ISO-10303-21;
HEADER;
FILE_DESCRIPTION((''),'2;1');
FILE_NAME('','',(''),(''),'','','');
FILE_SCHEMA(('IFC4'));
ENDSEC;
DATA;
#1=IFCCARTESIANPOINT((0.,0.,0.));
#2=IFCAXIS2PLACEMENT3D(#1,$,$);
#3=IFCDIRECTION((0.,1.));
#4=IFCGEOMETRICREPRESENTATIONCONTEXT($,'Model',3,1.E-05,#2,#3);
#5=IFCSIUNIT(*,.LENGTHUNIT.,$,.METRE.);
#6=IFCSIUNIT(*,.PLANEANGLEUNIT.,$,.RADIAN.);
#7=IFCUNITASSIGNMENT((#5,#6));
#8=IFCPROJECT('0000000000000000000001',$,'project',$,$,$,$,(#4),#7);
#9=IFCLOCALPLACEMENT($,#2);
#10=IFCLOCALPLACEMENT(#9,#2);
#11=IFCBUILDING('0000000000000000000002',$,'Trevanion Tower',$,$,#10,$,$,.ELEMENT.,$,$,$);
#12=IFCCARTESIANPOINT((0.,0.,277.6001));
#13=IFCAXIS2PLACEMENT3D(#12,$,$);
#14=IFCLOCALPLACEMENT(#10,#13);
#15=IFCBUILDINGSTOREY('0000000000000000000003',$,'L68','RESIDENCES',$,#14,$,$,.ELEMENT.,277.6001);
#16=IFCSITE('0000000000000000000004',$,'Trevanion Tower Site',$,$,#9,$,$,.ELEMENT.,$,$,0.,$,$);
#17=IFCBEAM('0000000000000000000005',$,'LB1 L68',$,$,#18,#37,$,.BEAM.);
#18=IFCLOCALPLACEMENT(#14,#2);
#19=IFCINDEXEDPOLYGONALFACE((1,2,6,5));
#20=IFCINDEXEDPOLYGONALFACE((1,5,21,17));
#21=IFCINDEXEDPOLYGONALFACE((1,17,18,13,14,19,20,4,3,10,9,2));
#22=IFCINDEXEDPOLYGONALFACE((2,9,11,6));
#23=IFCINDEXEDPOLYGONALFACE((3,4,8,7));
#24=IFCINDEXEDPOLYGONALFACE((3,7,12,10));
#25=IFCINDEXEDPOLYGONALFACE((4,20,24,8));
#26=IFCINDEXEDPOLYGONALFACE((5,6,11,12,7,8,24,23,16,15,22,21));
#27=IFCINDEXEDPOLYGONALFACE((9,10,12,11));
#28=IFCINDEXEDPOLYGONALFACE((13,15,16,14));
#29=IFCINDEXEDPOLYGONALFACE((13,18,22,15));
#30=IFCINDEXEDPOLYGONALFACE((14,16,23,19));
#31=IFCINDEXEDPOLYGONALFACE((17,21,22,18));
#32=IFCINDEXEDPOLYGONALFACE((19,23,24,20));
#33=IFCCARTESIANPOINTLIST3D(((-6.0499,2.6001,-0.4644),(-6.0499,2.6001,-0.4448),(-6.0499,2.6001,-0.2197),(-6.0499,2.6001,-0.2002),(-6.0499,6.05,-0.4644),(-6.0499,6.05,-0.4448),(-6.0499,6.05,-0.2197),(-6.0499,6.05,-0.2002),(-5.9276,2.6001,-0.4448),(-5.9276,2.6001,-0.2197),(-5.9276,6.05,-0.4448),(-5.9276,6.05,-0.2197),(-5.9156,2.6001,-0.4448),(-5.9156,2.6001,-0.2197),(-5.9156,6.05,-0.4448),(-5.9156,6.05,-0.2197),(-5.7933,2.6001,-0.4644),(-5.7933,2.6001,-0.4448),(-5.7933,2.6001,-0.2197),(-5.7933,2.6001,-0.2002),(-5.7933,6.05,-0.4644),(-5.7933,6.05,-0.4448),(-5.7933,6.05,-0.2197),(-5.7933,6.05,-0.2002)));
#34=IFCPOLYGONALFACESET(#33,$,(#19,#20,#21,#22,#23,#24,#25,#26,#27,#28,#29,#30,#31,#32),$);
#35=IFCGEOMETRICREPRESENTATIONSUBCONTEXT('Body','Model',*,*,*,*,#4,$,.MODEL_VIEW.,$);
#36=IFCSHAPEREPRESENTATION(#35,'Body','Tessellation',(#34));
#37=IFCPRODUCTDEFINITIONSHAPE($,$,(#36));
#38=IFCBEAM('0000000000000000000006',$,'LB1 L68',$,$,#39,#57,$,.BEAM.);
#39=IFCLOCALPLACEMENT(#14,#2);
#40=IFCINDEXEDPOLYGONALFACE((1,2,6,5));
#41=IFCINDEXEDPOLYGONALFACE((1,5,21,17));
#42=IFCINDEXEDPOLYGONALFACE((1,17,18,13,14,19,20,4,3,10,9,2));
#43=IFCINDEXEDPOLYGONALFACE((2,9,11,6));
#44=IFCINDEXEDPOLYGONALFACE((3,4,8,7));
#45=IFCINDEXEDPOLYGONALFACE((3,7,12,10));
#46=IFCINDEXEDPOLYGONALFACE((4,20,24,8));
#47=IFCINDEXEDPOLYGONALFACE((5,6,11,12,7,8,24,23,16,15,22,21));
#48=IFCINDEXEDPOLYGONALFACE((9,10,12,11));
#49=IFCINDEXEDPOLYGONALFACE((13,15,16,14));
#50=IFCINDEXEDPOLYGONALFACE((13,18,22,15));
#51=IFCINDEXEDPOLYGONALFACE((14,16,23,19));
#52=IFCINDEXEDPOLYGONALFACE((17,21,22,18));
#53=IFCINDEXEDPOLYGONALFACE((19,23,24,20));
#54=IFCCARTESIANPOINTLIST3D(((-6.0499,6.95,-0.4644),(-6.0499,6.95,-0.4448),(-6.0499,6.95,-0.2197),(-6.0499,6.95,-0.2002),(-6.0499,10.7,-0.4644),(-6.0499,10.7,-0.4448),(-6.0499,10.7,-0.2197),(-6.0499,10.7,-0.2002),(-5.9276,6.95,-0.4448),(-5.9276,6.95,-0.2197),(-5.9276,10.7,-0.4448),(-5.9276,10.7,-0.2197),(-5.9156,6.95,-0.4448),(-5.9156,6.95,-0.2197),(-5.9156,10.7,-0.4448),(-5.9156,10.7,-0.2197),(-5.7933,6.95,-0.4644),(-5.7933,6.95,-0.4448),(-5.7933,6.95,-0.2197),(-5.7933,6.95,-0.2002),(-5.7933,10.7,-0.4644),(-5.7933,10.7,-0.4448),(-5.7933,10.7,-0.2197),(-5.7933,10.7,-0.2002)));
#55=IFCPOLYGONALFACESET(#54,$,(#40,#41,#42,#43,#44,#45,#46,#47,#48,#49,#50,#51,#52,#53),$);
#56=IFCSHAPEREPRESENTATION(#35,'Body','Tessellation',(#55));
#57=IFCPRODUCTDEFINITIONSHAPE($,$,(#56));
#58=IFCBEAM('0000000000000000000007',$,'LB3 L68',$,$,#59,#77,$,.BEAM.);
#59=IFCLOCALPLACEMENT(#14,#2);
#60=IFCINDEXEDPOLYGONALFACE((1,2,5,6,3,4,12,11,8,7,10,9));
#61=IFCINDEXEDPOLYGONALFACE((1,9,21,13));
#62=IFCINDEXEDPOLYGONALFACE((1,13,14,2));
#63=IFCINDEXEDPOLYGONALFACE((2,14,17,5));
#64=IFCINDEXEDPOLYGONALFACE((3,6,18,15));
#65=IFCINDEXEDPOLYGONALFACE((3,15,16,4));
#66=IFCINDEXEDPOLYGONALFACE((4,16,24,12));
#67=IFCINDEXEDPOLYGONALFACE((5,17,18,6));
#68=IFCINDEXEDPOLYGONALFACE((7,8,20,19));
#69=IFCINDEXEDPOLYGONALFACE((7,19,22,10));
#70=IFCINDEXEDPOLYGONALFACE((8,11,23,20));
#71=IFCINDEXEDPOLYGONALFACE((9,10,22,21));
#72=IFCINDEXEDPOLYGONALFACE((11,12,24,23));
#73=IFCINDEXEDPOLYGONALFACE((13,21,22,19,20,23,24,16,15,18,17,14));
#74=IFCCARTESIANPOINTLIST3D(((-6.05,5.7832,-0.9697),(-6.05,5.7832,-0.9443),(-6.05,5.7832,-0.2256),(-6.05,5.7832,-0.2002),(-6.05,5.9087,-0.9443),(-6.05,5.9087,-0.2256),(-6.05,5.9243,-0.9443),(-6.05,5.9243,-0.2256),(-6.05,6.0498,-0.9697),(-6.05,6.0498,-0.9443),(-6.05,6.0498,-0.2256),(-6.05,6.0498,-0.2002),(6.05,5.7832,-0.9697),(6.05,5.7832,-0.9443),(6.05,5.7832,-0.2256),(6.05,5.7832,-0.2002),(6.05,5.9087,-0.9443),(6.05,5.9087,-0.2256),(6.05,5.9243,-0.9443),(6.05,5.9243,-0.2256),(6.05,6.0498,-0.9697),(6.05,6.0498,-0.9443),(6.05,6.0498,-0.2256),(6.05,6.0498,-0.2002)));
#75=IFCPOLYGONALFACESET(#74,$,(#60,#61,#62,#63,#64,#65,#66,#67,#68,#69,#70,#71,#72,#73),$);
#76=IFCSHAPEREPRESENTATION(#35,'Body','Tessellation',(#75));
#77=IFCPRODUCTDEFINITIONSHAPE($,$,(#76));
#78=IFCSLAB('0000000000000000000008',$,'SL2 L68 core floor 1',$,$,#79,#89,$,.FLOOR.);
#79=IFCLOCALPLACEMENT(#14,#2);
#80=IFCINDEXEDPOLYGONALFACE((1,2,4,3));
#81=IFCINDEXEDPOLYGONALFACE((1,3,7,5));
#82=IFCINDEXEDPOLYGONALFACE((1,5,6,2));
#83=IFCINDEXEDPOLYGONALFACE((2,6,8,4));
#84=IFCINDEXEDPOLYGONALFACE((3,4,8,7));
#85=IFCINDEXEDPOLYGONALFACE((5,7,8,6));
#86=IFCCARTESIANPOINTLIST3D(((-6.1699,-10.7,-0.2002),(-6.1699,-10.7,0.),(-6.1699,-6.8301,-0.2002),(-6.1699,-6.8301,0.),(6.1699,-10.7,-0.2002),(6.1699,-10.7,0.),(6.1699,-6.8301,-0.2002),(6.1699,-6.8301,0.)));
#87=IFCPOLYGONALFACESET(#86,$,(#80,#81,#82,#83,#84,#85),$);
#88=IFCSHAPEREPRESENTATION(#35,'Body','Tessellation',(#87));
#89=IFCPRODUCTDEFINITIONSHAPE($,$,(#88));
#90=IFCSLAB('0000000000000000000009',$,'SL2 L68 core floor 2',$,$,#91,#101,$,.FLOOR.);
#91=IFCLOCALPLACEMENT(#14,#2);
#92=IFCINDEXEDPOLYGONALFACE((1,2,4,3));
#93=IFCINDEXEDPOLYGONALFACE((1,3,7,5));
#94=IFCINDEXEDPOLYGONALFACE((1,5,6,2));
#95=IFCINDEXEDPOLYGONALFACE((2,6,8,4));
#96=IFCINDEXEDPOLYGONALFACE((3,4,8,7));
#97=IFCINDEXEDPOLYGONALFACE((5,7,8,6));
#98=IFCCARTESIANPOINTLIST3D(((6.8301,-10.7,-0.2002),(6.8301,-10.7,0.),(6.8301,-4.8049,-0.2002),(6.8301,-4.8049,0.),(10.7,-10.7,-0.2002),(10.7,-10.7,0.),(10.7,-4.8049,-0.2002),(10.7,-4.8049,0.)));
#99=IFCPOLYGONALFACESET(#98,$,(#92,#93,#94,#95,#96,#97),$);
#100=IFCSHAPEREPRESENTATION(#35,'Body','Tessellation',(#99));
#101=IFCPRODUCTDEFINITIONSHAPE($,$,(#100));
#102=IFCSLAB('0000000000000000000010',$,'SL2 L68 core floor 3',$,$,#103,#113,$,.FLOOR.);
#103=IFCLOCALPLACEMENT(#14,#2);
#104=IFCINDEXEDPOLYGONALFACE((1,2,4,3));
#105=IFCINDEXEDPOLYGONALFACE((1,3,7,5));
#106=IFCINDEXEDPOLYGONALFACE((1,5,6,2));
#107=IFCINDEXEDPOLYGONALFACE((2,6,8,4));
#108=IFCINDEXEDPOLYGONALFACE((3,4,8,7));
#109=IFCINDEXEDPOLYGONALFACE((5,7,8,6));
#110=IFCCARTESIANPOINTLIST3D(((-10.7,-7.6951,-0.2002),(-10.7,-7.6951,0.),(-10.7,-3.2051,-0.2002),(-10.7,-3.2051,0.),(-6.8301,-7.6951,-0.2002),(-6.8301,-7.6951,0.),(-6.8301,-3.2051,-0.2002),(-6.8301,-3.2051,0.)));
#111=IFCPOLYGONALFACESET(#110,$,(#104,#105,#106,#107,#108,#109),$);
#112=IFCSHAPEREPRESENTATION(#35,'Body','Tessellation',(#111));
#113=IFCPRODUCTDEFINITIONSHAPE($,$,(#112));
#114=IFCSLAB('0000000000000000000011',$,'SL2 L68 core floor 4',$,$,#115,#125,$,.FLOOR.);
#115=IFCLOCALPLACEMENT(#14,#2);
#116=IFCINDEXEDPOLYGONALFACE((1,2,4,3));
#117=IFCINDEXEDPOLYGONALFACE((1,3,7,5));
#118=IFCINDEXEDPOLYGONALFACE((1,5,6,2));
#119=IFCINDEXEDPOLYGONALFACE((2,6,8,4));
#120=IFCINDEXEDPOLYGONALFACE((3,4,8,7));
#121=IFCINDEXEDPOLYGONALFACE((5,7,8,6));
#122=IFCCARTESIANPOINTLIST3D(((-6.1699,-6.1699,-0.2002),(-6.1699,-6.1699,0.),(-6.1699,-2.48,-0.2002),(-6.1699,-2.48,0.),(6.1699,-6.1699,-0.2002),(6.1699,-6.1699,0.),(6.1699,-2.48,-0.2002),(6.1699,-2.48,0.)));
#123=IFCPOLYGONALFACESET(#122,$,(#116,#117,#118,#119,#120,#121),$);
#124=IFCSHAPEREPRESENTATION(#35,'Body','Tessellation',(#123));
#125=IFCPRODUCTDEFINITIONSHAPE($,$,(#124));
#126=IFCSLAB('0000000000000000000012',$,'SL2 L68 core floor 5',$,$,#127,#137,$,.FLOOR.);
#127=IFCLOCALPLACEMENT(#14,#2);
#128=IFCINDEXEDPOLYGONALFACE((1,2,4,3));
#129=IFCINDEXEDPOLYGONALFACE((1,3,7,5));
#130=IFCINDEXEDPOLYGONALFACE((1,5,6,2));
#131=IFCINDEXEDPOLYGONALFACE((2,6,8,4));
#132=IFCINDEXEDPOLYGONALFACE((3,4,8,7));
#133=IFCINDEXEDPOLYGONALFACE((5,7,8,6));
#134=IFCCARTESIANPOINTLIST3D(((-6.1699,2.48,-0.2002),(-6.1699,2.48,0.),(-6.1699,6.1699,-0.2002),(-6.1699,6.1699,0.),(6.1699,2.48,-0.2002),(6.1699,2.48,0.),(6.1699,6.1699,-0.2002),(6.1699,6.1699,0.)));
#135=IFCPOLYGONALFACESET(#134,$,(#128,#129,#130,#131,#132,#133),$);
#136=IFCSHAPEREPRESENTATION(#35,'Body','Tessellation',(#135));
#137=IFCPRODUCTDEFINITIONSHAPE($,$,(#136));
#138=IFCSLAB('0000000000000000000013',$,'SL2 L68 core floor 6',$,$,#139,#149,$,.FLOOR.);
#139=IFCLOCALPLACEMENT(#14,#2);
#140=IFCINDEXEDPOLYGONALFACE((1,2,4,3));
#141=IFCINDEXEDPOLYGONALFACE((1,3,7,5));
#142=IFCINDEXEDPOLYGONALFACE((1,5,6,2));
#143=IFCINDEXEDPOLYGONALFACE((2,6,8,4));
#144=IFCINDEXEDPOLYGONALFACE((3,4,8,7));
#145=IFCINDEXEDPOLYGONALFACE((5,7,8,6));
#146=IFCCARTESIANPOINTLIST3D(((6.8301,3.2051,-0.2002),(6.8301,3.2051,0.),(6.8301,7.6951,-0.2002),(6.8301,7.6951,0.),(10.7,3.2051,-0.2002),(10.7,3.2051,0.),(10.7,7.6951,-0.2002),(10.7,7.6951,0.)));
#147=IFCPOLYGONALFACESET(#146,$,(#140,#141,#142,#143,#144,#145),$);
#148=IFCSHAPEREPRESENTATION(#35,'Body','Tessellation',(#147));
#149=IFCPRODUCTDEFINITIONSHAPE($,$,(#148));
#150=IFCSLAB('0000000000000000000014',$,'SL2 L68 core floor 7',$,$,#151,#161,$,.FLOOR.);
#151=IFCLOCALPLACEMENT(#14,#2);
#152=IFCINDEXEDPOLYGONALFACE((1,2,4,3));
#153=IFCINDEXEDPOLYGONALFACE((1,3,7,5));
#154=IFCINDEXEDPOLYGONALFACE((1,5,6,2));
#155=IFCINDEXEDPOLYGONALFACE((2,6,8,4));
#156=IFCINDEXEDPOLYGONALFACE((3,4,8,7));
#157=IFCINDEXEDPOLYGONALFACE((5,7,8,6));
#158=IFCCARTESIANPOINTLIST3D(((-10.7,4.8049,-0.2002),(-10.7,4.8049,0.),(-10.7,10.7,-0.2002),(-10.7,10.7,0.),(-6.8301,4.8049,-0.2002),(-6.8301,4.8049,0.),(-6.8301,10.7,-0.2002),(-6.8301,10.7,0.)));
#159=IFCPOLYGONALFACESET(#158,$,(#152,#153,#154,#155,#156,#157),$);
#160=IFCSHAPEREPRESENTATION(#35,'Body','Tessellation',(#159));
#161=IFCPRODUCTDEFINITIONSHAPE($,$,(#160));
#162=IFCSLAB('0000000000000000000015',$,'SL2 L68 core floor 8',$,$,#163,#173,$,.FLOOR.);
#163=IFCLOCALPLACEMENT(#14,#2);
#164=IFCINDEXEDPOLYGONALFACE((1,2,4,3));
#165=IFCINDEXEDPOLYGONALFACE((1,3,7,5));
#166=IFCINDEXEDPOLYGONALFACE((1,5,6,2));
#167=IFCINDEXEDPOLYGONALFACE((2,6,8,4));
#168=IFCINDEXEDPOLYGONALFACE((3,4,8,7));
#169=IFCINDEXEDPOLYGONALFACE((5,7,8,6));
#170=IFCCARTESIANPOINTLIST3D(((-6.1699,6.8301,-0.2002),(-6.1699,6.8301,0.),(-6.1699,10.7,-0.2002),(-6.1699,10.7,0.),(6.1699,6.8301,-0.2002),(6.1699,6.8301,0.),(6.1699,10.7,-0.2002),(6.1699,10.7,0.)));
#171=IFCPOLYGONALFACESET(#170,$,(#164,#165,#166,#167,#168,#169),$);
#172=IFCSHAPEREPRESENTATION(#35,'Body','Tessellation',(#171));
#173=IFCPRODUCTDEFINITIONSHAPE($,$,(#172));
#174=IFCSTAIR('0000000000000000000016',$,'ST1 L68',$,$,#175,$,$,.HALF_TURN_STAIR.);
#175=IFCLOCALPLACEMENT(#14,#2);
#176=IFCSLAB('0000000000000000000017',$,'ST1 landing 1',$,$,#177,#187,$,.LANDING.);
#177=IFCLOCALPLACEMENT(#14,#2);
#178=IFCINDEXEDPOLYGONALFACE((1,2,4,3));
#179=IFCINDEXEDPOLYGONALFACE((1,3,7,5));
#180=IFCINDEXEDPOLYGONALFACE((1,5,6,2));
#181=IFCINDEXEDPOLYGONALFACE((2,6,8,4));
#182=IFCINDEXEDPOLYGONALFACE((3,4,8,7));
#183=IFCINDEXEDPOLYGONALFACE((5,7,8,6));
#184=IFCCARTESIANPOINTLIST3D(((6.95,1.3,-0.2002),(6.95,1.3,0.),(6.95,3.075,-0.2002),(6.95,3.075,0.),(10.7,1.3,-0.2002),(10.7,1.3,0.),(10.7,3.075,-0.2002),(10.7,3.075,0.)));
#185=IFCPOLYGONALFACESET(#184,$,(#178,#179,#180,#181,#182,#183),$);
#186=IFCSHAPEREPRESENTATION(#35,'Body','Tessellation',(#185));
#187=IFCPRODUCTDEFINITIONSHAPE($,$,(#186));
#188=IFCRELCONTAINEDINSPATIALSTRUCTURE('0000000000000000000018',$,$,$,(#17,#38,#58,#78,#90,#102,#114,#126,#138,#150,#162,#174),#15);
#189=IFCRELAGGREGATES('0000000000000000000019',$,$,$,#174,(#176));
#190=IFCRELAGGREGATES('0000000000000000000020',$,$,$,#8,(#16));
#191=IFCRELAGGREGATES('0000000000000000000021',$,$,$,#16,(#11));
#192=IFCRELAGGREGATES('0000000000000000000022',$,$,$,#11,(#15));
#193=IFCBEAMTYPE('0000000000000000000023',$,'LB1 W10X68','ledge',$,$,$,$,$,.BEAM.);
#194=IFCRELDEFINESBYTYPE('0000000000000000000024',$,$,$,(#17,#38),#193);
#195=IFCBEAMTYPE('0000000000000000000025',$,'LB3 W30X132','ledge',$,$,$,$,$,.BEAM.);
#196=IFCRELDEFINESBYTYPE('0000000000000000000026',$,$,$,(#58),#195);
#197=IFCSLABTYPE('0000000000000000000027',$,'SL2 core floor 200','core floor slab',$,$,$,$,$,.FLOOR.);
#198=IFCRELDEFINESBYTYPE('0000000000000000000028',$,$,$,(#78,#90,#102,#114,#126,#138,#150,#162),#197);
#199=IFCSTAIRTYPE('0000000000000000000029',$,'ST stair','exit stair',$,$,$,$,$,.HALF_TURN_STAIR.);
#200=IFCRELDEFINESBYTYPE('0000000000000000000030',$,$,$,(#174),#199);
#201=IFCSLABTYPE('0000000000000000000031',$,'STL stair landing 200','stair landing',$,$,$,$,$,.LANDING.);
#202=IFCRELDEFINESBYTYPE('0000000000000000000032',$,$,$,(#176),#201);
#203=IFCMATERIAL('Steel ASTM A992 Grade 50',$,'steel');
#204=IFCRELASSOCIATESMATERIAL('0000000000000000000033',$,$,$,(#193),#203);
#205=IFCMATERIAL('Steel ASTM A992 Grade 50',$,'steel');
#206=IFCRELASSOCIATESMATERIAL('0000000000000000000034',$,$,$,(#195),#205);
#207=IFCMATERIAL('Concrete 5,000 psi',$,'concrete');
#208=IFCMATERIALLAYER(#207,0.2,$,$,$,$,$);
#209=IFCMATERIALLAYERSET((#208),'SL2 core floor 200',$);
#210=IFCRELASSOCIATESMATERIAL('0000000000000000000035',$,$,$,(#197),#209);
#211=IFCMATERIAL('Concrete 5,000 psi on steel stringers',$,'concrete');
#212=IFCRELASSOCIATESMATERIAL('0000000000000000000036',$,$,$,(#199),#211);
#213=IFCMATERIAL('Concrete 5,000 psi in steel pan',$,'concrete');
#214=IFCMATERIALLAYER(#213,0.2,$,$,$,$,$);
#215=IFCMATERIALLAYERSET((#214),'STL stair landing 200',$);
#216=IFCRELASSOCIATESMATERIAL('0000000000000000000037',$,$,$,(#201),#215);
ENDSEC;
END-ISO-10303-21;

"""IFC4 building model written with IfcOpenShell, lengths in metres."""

from ifc_helpers import new_model, si_unit, direction, frame, origin, origin_2d, place, context, subcontext, project, spatial, polyline, i_section, outline, extrude, material, layer, layer_set, material_profile, profile_set, type_object, element, aggregate, save


model = new_model("IFC4")

# Units and contexts
model_context = context("Model", 3, precision=1e-05, world=origin(), true_north=direction((0.0, 1.0)))
body_context = subcontext(model_context, "Body", "Model", "MODEL_VIEW")
ifc_project = project(units=[si_unit("LENGTHUNIT", "METRE"), si_unit("PLANEANGLEUNIT", "RADIAN")], contexts=[model_context])

# Site, building, storey
site_placement = place(None, origin())
site = spatial("IfcSite", under=ifc_project, at=site_placement, Name="Trevanion Tower Site", CompositionType="ELEMENT", RefElevation=0.0)
building_placement = place(site_placement, origin())
building = spatial("IfcBuilding", under=site, at=building_placement, Name="Trevanion Tower", CompositionType="ELEMENT")
storey_placement = place(building_placement, frame((0.0, 0.0, 277.6001)))
storey = spatial("IfcBuildingStorey", under=building, at=storey_placement, Name="L68", Description="RESIDENCES", CompositionType="ELEMENT", Elevation=277.6001)

# Beams
ifc_material_1 = material(Name="Steel ASTM A992 Grade 50", Category="steel")
ifc_material_profile_1 = material_profile(ifc_material_1, i_section(OverallWidth=0.2566, OverallDepth=0.2642, WebThickness=0.012, FlangeThickness=0.0195, at=origin_2d()), Name="W10X68")
ifc_profile_set_1 = profile_set([ifc_material_profile_1], Name="Steel ASTM A992 Grade 50")
beam_type_1 = type_object("IfcBeamType", Name="LB1 W10X68", Description="ledge", PredefinedType="BEAM", material=ifc_profile_set_1)
beam_1_placement = place(storey_placement, frame((-5.9216, 2.6001, -0.3323), z_axis=(0.0, 1.0, 0.0), x_axis=(-1.0, 0.0, 0.0)))
element("IfcBeam", 1, at=beam_1_placement, inside=storey, type_object=beam_type_1, Name="LB1 L68", PredefinedType="BEAM", context=body_context, shape_type="SweptSolid", body=[
    extrude(i_section(OverallWidth=0.2566, OverallDepth=0.2642, WebThickness=0.012, FlangeThickness=0.0195, at=origin_2d()), origin(), (0.0, 0.0, 1.0), 3.45),
])
beam_2_placement = place(storey_placement, frame((-5.9216, 6.95, -0.3323), z_axis=(0.0, 1.0, 0.0), x_axis=(-1.0, 0.0, 0.0)))
element("IfcBeam", 2, at=beam_2_placement, inside=storey, type_object=beam_type_1, Name="LB1 L68", PredefinedType="BEAM", context=body_context, shape_type="SweptSolid", body=[
    extrude(i_section(OverallWidth=0.2566, OverallDepth=0.2642, WebThickness=0.012, FlangeThickness=0.0195, at=origin_2d()), origin(), (0.0, 0.0, 1.0), 3.75),
])
ifc_material_2 = material(Name="Steel ASTM A992 Grade 50", Category="steel")
ifc_material_profile_2 = material_profile(ifc_material_2, i_section(OverallWidth=0.2666, OverallDepth=0.7695, WebThickness=0.0156, FlangeThickness=0.0254, at=origin_2d()), Name="W30X132")
ifc_profile_set_2 = profile_set([ifc_material_profile_2], Name="Steel ASTM A992 Grade 50")
beam_type_2 = type_object("IfcBeamType", Name="LB3 W30X132", Description="ledge", PredefinedType="BEAM", material=ifc_profile_set_2)
beam_3_placement = place(storey_placement, frame((-6.05, 5.9165, -0.585), z_axis=(1.0, 0.0, 0.0), x_axis=(0.0, 1.0, 0.0)))
element("IfcBeam", 3, at=beam_3_placement, inside=storey, type_object=beam_type_2, Name="LB3 L68", PredefinedType="BEAM", context=body_context, shape_type="SweptSolid", body=[
    extrude(i_section(OverallWidth=0.2666, OverallDepth=0.7695, WebThickness=0.0156, FlangeThickness=0.0254, at=origin_2d()), origin(), (0.0, 0.0, 1.0), 12.1001),
])

# Slabs
ifc_material_3 = material(Name="Concrete 5,000 psi", Category="concrete")
ifc_layer_1 = layer(ifc_material_3, 0.2)
ifc_layer_set_1 = layer_set([ifc_layer_1], Name="SL2 core floor 200")
slab_type_1 = type_object("IfcSlabType", Name="SL2 core floor 200", Description="core floor slab", PredefinedType="FLOOR", material=ifc_layer_set_1)
slab_1_placement = place(storey_placement, frame((0.0, 0.0, -0.2002)))
element("IfcSlab", 4, at=slab_1_placement, inside=storey, type_object=slab_type_1, Name="SL2 L68 core floor 1", PredefinedType="FLOOR", context=body_context, shape_type="SweptSolid", body=[
    extrude(outline(polyline([(6.1699, -10.7), (-6.1699, -10.7), (-6.1699, -6.8301), (6.1699, -6.8301), (6.1699, -10.7)])), origin(), (0.0, 0.0, 1.0), 0.2002),
])
slab_2_placement = place(storey_placement, frame((0.0, 0.0, -0.2002)))
element("IfcSlab", 5, at=slab_2_placement, inside=storey, type_object=slab_type_1, Name="SL2 L68 core floor 2", PredefinedType="FLOOR", context=body_context, shape_type="SweptSolid", body=[
    extrude(outline(polyline([(6.8301, -4.8049), (10.7, -4.8049), (10.7, -10.7), (6.8301, -10.7), (6.8301, -4.8049)])), origin(), (0.0, 0.0, 1.0), 0.2002),
])
slab_3_placement = place(storey_placement, frame((0.0, 0.0, -0.2002)))
element("IfcSlab", 6, at=slab_3_placement, inside=storey, type_object=slab_type_1, Name="SL2 L68 core floor 3", PredefinedType="FLOOR", context=body_context, shape_type="SweptSolid", body=[
    extrude(outline(polyline([(-6.8301, -3.2051), (-6.8301, -7.6951), (-10.7, -7.6951), (-10.7, -3.2051), (-6.8301, -3.2051)])), origin(), (0.0, 0.0, 1.0), 0.2002),
])
slab_4_placement = place(storey_placement, frame((0.0, 0.0, -0.2002)))
element("IfcSlab", 7, at=slab_4_placement, inside=storey, type_object=slab_type_1, Name="SL2 L68 core floor 4", PredefinedType="FLOOR", context=body_context, shape_type="SweptSolid", body=[
    extrude(outline(polyline([(6.1699, -6.1699), (-6.1699, -6.1699), (-6.1699, -2.48), (6.1699, -2.48), (6.1699, -6.1699)])), origin(), (0.0, 0.0, 1.0), 0.2002),
])
slab_5_placement = place(storey_placement, frame((0.0, 0.0, -0.2002)))
element("IfcSlab", 8, at=slab_5_placement, inside=storey, type_object=slab_type_1, Name="SL2 L68 core floor 5", PredefinedType="FLOOR", context=body_context, shape_type="SweptSolid", body=[
    extrude(outline(polyline([(6.1699, 2.48), (-6.1699, 2.48), (-6.1699, 6.1699), (6.1699, 6.1699), (6.1699, 2.48)])), origin(), (0.0, 0.0, 1.0), 0.2002),
])
slab_6_placement = place(storey_placement, frame((0.0, 0.0, -0.2002)))
element("IfcSlab", 9, at=slab_6_placement, inside=storey, type_object=slab_type_1, Name="SL2 L68 core floor 6", PredefinedType="FLOOR", context=body_context, shape_type="SweptSolid", body=[
    extrude(outline(polyline([(6.8301, 3.2051), (6.8301, 7.6951), (10.7, 7.6951), (10.7, 3.2051), (6.8301, 3.2051)])), origin(), (0.0, 0.0, 1.0), 0.2002),
])
slab_7_placement = place(storey_placement, frame((0.0, 0.0, -0.2002)))
element("IfcSlab", 10, at=slab_7_placement, inside=storey, type_object=slab_type_1, Name="SL2 L68 core floor 7", PredefinedType="FLOOR", context=body_context, shape_type="SweptSolid", body=[
    extrude(outline(polyline([(-6.8301, 4.8049), (-10.7, 4.8049), (-10.7, 10.7), (-6.8301, 10.7), (-6.8301, 4.8049)])), origin(), (0.0, 0.0, 1.0), 0.2002),
])
slab_8_placement = place(storey_placement, frame((0.0, 0.0, -0.2002)))
element("IfcSlab", 11, at=slab_8_placement, inside=storey, type_object=slab_type_1, Name="SL2 L68 core floor 8", PredefinedType="FLOOR", context=body_context, shape_type="SweptSolid", body=[
    extrude(outline(polyline([(6.1699, 6.8301), (-6.1699, 6.8301), (-6.1699, 10.7), (6.1699, 10.7), (6.1699, 6.8301)])), origin(), (0.0, 0.0, 1.0), 0.2002),
])

# Stair, slab
ifc_material_4 = material(Name="Concrete 5,000 psi on steel stringers", Category="concrete")
stair_type = type_object("IfcStairType", Name="ST stair", Description="exit stair", PredefinedType="HALF_TURN_STAIR", material=ifc_material_4)
stair_1_placement = place(storey_placement, origin())
stair_1 = element("IfcStair", 12, at=stair_1_placement, inside=storey, type_object=stair_type, Name="ST1 L68", PredefinedType="HALF_TURN_STAIR")
ifc_material_5 = material(Name="Concrete 5,000 psi in steel pan", Category="concrete")
ifc_layer_2 = layer(ifc_material_5, 0.2)
ifc_layer_set_2 = layer_set([ifc_layer_2], Name="STL stair landing 200")
slab_type_2 = type_object("IfcSlabType", Name="STL stair landing 200", Description="stair landing", PredefinedType="LANDING", material=ifc_layer_set_2)
slab_9_placement = place(storey_placement, frame((0.0, 0.0, -0.2002)))
slab_9 = element("IfcSlab", 13, at=slab_9_placement, type_object=slab_type_2, Name="ST1 landing 1", PredefinedType="LANDING", context=body_context, shape_type="SweptSolid", body=[
    extrude(outline(polyline([(6.95, 1.3), (10.7, 1.3), (10.7, 3.075), (6.95, 3.075), (6.95, 1.3)])), origin(), (0.0, 0.0, 1.0), 0.2002),
])
aggregate(stair_1, [slab_9])

save(model, "model.ifc")
